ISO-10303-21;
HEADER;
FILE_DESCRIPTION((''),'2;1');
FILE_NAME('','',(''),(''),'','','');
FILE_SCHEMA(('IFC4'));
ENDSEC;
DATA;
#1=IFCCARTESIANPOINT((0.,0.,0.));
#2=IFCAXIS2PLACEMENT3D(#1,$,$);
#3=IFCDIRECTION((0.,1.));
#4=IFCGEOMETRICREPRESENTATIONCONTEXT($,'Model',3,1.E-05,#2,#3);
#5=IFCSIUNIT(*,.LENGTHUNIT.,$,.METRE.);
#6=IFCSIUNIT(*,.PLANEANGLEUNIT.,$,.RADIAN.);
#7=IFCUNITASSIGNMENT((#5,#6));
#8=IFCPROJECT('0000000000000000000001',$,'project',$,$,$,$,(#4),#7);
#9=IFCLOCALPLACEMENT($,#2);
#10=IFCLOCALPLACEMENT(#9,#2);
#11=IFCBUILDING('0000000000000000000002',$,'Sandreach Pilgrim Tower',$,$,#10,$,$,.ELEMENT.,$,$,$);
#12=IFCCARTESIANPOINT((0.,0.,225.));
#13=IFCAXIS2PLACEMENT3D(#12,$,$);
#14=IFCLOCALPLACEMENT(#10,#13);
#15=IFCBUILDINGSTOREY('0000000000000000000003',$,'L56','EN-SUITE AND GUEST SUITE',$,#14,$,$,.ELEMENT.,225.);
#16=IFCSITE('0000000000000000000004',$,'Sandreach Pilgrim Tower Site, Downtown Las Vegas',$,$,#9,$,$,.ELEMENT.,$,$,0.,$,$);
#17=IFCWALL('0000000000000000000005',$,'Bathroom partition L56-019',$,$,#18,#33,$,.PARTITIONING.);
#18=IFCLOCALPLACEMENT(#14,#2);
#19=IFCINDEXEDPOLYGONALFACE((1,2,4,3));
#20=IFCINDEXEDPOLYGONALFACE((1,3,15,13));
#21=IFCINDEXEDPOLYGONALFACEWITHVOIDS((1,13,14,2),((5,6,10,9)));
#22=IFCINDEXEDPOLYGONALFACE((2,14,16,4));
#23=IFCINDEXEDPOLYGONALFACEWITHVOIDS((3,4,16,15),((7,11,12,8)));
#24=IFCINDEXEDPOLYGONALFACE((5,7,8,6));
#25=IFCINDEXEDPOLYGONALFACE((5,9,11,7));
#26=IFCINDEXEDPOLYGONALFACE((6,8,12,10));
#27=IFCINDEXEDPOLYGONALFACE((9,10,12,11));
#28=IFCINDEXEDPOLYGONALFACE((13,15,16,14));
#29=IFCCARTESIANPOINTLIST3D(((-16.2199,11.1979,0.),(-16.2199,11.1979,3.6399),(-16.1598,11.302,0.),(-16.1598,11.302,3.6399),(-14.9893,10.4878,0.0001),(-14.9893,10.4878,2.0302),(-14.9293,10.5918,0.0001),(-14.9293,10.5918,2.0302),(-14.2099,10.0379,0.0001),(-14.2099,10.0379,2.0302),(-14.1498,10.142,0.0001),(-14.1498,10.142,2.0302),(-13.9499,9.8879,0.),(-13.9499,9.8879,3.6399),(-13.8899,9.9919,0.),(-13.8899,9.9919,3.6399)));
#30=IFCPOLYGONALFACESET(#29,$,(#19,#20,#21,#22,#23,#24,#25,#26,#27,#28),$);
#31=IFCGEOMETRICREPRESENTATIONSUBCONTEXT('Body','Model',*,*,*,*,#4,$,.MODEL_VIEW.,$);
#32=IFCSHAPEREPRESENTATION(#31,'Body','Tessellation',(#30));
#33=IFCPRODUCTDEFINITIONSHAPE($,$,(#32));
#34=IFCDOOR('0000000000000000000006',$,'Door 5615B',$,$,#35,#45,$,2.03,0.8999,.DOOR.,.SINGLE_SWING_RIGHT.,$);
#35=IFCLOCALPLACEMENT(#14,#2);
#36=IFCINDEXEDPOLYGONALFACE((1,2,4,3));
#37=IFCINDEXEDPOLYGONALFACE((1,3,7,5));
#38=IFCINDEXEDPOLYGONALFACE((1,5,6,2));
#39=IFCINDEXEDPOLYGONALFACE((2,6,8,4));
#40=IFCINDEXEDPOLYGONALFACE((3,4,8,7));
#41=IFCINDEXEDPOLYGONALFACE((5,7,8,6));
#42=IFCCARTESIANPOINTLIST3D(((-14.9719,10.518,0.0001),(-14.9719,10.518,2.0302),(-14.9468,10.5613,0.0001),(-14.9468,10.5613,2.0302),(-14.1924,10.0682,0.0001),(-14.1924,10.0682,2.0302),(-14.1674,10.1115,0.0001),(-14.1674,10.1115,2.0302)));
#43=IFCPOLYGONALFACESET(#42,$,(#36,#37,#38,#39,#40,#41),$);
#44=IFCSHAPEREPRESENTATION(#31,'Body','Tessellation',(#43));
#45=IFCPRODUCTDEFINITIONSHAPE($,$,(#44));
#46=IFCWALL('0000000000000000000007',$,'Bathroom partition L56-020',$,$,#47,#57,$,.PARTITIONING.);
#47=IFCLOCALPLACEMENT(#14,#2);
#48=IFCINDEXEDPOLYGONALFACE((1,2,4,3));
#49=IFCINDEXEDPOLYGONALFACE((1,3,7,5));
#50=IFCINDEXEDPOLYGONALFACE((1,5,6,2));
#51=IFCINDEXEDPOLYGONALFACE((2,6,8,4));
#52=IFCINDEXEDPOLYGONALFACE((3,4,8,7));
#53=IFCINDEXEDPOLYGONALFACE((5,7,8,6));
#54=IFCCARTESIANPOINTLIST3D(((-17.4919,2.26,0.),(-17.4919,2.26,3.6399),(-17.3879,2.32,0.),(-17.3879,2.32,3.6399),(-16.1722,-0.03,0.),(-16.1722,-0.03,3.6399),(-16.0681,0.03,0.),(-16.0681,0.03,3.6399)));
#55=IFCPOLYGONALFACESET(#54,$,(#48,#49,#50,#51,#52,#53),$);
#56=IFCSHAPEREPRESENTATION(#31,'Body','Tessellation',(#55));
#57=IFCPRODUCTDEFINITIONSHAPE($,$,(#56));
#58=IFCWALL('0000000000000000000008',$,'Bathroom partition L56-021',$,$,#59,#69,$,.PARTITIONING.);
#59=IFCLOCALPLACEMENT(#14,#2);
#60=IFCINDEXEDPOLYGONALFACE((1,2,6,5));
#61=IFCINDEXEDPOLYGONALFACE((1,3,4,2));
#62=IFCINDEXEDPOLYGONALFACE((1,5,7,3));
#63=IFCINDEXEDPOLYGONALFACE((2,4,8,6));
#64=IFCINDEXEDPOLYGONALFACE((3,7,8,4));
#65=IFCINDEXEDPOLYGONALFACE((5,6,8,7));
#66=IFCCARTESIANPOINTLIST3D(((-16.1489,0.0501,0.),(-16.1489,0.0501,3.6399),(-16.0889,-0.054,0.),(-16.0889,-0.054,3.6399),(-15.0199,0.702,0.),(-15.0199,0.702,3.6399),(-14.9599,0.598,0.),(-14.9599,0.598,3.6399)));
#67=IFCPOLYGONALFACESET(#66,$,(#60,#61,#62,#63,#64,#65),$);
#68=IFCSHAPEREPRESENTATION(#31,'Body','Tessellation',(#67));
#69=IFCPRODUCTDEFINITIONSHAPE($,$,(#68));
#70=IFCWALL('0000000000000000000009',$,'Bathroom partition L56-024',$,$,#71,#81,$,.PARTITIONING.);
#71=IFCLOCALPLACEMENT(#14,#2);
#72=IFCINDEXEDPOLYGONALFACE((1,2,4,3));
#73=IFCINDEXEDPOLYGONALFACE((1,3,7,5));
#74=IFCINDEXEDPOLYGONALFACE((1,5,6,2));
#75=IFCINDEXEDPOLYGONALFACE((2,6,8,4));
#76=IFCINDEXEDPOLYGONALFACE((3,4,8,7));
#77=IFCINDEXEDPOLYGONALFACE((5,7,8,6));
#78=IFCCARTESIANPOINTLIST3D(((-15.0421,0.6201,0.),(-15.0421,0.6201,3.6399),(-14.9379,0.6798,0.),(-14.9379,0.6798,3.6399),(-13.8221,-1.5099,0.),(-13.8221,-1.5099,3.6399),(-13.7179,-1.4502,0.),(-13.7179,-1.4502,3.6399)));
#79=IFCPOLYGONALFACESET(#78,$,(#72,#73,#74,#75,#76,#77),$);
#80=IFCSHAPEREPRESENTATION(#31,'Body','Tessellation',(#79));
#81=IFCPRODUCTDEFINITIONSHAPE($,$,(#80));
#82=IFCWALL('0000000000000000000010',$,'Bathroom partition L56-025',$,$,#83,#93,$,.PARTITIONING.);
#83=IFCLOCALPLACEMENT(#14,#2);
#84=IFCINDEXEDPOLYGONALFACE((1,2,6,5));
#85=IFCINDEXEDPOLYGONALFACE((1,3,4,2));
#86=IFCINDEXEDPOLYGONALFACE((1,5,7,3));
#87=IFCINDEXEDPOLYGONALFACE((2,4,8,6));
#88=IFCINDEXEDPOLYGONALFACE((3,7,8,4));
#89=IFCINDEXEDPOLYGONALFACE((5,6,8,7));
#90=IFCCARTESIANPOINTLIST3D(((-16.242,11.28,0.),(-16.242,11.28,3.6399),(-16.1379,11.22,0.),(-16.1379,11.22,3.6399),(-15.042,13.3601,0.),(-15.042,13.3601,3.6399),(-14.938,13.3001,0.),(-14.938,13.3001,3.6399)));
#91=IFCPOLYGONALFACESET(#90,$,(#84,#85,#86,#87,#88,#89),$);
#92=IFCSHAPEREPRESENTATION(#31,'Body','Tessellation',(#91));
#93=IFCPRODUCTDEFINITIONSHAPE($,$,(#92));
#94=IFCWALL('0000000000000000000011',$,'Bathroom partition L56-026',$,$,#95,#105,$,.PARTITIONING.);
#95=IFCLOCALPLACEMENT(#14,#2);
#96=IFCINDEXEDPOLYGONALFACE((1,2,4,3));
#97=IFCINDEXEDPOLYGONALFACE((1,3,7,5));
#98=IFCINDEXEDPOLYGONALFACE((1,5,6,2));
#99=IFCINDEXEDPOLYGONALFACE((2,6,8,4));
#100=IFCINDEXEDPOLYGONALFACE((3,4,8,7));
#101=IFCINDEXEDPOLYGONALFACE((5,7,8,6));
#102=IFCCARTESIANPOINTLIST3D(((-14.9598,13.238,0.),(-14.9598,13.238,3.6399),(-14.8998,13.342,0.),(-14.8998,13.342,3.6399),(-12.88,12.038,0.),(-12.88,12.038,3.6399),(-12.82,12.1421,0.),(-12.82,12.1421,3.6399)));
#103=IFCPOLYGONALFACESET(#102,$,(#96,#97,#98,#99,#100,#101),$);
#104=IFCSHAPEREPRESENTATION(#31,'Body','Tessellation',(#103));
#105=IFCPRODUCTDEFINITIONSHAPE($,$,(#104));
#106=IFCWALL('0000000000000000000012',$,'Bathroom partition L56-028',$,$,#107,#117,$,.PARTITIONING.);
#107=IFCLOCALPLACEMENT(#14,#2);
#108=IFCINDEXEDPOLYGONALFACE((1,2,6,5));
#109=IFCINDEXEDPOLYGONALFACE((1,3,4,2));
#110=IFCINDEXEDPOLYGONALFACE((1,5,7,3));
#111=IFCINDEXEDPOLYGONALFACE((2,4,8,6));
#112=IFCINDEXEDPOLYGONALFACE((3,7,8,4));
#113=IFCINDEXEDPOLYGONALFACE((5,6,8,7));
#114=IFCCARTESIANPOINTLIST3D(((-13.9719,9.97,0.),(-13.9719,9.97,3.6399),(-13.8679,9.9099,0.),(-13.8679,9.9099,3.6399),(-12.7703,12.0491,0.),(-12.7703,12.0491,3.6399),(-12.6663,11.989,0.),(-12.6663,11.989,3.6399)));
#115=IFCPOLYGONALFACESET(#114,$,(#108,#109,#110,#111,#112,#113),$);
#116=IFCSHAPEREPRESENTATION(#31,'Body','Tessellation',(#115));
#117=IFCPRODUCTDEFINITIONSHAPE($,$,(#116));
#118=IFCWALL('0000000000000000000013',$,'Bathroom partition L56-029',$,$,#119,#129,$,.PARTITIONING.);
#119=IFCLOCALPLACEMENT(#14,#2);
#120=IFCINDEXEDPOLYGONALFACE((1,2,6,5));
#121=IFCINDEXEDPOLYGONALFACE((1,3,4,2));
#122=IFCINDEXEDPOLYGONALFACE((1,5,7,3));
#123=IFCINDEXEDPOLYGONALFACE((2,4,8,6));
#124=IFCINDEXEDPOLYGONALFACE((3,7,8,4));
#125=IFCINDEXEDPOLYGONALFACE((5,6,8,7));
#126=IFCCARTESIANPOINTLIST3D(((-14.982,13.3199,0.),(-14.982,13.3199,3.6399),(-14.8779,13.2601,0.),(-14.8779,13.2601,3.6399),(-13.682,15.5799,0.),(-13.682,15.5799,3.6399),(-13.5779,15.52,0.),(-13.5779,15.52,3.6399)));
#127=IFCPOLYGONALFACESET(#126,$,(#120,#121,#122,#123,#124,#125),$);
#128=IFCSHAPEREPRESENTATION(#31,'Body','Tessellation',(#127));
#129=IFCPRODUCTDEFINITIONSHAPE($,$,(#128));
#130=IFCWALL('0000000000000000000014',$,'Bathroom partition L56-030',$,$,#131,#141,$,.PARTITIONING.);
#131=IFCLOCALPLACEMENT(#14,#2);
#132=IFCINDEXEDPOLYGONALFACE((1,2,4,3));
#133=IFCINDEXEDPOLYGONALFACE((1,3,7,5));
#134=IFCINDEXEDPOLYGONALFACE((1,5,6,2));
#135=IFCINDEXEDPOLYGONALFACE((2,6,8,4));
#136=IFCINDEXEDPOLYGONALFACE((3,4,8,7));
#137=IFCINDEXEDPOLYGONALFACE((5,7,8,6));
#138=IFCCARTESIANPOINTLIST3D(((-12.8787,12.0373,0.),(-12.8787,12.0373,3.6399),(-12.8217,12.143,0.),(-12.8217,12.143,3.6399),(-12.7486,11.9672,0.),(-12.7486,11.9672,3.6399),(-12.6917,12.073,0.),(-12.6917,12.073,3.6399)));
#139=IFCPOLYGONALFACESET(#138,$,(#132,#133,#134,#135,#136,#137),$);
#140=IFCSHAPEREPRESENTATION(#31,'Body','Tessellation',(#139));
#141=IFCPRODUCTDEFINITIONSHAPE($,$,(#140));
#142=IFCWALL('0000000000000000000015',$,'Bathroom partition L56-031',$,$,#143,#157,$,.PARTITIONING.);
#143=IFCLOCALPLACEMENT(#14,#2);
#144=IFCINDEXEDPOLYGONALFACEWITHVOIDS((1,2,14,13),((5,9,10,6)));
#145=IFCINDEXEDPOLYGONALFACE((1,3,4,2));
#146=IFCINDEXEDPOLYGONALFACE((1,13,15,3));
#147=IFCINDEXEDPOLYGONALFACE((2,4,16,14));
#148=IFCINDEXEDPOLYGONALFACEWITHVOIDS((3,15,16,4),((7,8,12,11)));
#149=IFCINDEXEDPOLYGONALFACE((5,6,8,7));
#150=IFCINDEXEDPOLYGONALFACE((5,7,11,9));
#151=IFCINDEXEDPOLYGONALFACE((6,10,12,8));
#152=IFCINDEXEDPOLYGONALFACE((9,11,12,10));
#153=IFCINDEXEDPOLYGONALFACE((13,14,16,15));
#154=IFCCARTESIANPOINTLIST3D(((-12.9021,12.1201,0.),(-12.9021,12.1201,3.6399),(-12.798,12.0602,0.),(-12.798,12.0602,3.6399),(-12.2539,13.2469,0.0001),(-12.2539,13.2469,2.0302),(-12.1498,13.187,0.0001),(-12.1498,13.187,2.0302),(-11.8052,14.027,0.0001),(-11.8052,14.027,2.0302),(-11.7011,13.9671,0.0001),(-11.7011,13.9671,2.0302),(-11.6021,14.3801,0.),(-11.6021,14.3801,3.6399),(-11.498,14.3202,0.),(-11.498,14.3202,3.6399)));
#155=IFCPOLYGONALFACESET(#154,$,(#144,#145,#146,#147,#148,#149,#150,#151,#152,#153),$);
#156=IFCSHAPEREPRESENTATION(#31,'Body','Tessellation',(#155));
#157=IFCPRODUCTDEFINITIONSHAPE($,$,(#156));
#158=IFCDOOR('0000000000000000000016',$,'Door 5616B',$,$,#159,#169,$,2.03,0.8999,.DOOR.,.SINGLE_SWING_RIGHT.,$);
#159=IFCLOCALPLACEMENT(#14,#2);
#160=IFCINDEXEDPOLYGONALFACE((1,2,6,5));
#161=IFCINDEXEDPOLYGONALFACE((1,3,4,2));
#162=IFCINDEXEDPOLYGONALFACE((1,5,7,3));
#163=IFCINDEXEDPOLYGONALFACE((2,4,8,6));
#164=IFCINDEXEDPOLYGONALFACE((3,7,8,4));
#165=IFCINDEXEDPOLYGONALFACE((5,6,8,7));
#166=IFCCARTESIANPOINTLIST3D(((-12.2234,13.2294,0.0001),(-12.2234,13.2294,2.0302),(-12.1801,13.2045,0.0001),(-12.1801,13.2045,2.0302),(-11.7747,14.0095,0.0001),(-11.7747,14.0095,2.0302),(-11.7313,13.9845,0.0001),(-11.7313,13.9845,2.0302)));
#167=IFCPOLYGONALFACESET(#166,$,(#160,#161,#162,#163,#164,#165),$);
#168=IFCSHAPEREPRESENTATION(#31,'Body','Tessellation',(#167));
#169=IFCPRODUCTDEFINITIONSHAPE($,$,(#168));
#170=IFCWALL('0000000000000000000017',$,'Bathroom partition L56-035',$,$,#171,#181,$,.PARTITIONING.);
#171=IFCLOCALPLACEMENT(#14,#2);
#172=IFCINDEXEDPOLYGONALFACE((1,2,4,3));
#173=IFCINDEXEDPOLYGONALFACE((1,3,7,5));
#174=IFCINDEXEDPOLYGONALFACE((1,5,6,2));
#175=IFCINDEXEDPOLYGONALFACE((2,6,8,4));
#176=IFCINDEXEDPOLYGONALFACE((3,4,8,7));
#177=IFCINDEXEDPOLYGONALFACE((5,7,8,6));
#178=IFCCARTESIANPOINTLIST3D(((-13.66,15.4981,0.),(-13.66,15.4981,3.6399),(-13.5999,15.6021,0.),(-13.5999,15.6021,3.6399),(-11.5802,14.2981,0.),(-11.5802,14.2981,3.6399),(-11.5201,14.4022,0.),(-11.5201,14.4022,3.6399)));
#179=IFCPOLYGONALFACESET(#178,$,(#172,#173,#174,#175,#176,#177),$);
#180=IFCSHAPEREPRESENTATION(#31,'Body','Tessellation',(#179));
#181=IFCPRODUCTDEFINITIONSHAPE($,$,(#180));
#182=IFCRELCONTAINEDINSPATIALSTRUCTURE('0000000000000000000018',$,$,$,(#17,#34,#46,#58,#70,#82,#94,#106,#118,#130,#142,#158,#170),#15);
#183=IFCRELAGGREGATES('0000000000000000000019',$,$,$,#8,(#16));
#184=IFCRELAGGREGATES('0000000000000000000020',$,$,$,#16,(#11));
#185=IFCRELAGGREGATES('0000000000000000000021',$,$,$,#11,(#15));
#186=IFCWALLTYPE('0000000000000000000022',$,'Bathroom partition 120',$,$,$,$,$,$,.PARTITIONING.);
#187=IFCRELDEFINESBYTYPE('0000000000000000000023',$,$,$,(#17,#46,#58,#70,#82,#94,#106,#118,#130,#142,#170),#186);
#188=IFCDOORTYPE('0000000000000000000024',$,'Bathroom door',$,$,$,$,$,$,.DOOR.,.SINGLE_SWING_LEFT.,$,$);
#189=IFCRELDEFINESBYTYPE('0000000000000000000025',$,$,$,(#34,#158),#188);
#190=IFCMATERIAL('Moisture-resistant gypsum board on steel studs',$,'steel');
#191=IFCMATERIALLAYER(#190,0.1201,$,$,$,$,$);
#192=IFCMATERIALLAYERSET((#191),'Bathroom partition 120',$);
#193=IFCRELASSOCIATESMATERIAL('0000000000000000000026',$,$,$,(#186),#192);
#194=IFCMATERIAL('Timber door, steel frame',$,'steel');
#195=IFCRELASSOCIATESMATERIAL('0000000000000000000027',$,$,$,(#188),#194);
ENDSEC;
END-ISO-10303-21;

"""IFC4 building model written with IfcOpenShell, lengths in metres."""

from ifc_helpers import new_model, si_unit, direction, frame, frame_2d, origin, place, context, subcontext, project, spatial, rectangle, extrude, material, layer, layer_set, type_object, element, fill, save


model = new_model("IFC4")

# Units and contexts
model_context = context("Model", 3, precision=1e-05, world=origin(), true_north=direction((0.0, 1.0)))
body_context = subcontext(model_context, "Body", "Model", "MODEL_VIEW")
ifc_project = project(units=[si_unit("LENGTHUNIT", "METRE"), si_unit("PLANEANGLEUNIT", "RADIAN")], contexts=[model_context])

# Site, building, storey
site_placement = place(None, origin())
site = spatial("IfcSite", under=ifc_project, at=site_placement, Name="Sandreach Pilgrim Tower Site, Downtown Las Vegas", CompositionType="ELEMENT", RefElevation=0.0)
building_placement = place(site_placement, origin())
building = spatial("IfcBuilding", under=site, at=building_placement, Name="Sandreach Pilgrim Tower", CompositionType="ELEMENT")
storey_placement = place(building_placement, frame((0.0, 0.0, 225.0)))
storey = spatial("IfcBuildingStorey", under=building, at=storey_placement, Name="L56", Description="EN-SUITE AND GUEST SUITE", CompositionType="ELEMENT", Elevation=225.0)

# Wall, opening, door
ifc_material_1 = material(Name="Moisture-resistant gypsum board on steel studs", Category="steel")
ifc_layer_1 = layer(ifc_material_1, 0.1201)
ifc_layer_set_1 = layer_set([ifc_layer_1], Name="Bathroom partition 120")
wall_type_1 = type_object("IfcWallType", Name="Bathroom partition 120", PredefinedType="PARTITIONING", material=ifc_layer_set_1)
wall_1_placement = place(storey_placement, frame((-16.1899, 11.25, 0.0), z_axis=(0.0, 0.0, 1.0), x_axis=(0.866114, -0.499846, 0.0)))
wall_1 = element("IfcWall", 1, at=wall_1_placement, inside=storey, type_object=wall_type_1, Name="Bathroom partition L56-019", PredefinedType="PARTITIONING", context=body_context, shape_type="SweptSolid", body=[
    extrude(rectangle(XDim=2.6208, YDim=0.1201, at=frame_2d((1.3105, 0.0))), origin(), (0.0, 0.0, 1.0), 3.6399),
])
opening_1_placement = place(wall_1_placement, frame((1.4209, 0.0, 0.0)))
opening_1 = element("IfcOpeningElement", 2, at=opening_1_placement, cuts=wall_1, PredefinedType="OPENING", context=body_context, shape_type="SweptSolid", body=[
    extrude(rectangle(XDim=0.8999, YDim=2.03, at=frame_2d((0.45, 1.0151))), frame((0.0, 0.0601, 0.0), z_axis=(0.0, -1.0, 0.0), x_axis=(1.0, 0.0, 0.0)), (0.0, 0.0, 1.0), 0.1201),
])
ifc_material_2 = material(Name="Timber door, steel frame", Category="steel")
door_type_1 = type_object("IfcDoorType", Name="Bathroom door", OperationType="SINGLE_SWING_LEFT", PredefinedType="DOOR", material=ifc_material_2)
door_1_placement = place(opening_1_placement, origin())
door_1 = element("IfcDoor", 3, at=door_1_placement, inside=storey, type_object=door_type_1, Name="Door 5615B", OperationType="SINGLE_SWING_RIGHT", OverallHeight=2.03, OverallWidth=0.8999, PredefinedType="DOOR", context=body_context, shape_type="SweptSolid", body=[
    extrude(rectangle(XDim=0.8999, YDim=2.03, at=frame_2d((0.45, 1.0151))), frame((0.0, 0.0249, 0.0), z_axis=(0.0, -1.0, 0.0), x_axis=(1.0, 0.0, 0.0)), (0.0, 0.0, 1.0), 0.05),
])
fill(opening_1, door_1)

# Walls
wall_2_placement = place(storey_placement, frame((-16.1201, 0.0, 0.0), z_axis=(0.0, 0.0, 1.0), x_axis=(-0.499339, 0.866407, 0.0)))
element("IfcWall", 4, at=wall_2_placement, inside=storey, type_object=wall_type_1, Name="Bathroom partition L56-020", PredefinedType="PARTITIONING", context=body_context, shape_type="SweptSolid", body=[
    extrude(rectangle(XDim=2.6431, YDim=0.1201, at=frame_2d((1.3215, 0.0))), origin(), (0.0, 0.0, 1.0), 3.6399),
])
wall_3_placement = place(storey_placement, frame((-16.1189, -0.002, 0.0), z_axis=(0.0, 0.0, 1.0), x_axis=(0.865998, 0.500047, 0.0)))
element("IfcWall", 5, at=wall_3_placement, inside=storey, type_object=wall_type_1, Name="Bathroom partition L56-021", PredefinedType="PARTITIONING", context=body_context, shape_type="SweptSolid", body=[
    extrude(rectangle(XDim=1.3037, YDim=0.1201, at=frame_2d((0.6519, 0.0))), origin(), (0.0, 0.0, 1.0), 3.6399),
])
wall_4_placement = place(storey_placement, frame((-14.99, 0.6499, 0.0), z_axis=(0.0, 0.0, 1.0), x_axis=(0.497028, -0.867735, 0.0)))
element("IfcWall", 6, at=wall_4_placement, inside=storey, type_object=wall_type_1, Name="Bathroom partition L56-024", PredefinedType="PARTITIONING", context=body_context, shape_type="SweptSolid", body=[
    extrude(rectangle(XDim=2.4546, YDim=0.1201, at=frame_2d((1.2273, 0.0))), origin(), (0.0, 0.0, 1.0), 3.6399),
])
wall_5_placement = place(storey_placement, frame((-14.99, 13.3301, 0.0), z_axis=(0.0, 0.0, 1.0), x_axis=(-0.499693, -0.866203, 0.0)))
element("IfcWall", 7, at=wall_5_placement, inside=storey, type_object=wall_type_1, Name="Bathroom partition L56-025", PredefinedType="PARTITIONING", context=body_context, shape_type="SweptSolid", body=[
    extrude(rectangle(XDim=2.4014, YDim=0.1201, at=frame_2d((1.2007, 0.0))), origin(), (0.0, 0.0, 1.0), 3.6399),
])
wall_6_placement = place(storey_placement, frame((-14.9299, 13.29, 0.0), z_axis=(0.0, 0.0, 1.0), x_axis=(0.866177, -0.499737, 0.0)))
element("IfcWall", 8, at=wall_6_placement, inside=storey, type_object=wall_type_1, Name="Bathroom partition L56-026", PredefinedType="PARTITIONING", context=body_context, shape_type="SweptSolid", body=[
    extrude(rectangle(XDim=2.4011, YDim=0.1201, at=frame_2d((1.2007, 0.0))), origin(), (0.0, 0.0, 1.0), 3.6399),
])
wall_7_placement = place(storey_placement, frame((-13.9199, 9.9399, 0.0), z_axis=(0.0, 0.0, 1.0), x_axis=(0.500403, 0.865793, 0.0)))
element("IfcWall", 9, at=wall_7_placement, inside=storey, type_object=wall_type_1, Name="Bathroom partition L56-028", PredefinedType="PARTITIONING", context=body_context, shape_type="SweptSolid", body=[
    extrude(rectangle(XDim=2.4014, YDim=0.1201, at=frame_2d((1.2007, 0.0))), origin(), (0.0, 0.0, 1.0), 3.6399),
])
wall_8_placement = place(storey_placement, frame((-13.6299, 15.55, 0.0), z_axis=(0.0, 0.0, 1.0), x_axis=(-0.498628, -0.866816, 0.0)))
element("IfcWall", 10, at=wall_8_placement, inside=storey, type_object=wall_type_1, Name="Bathroom partition L56-029", PredefinedType="PARTITIONING", context=body_context, shape_type="SweptSolid", body=[
    extrude(rectangle(XDim=2.6072, YDim=0.1201, at=frame_2d((1.3037, 0.0))), origin(), (0.0, 0.0, 1.0), 3.6399),
])
wall_9_placement = place(storey_placement, frame((-12.8501, 12.0901, 0.0), z_axis=(0.0, 0.0, 1.0), x_axis=(0.880471, -0.4741, 0.0)))
element("IfcWall", 11, at=wall_9_placement, inside=storey, type_object=wall_type_1, Name="Bathroom partition L56-030", PredefinedType="PARTITIONING", context=body_context, shape_type="SweptSolid", body=[
    extrude(rectangle(XDim=0.1477, YDim=0.1201, at=frame_2d((0.0737, 0.0))), origin(), (0.0, 0.0, 1.0), 3.6399),
])

# Wall, opening, door
wall_10_placement = place(storey_placement, frame((-12.8501, 12.0901, 0.0), z_axis=(0.0, 0.0, 1.0), x_axis=(0.498628, 0.866816, 0.0)))
wall_10 = element("IfcWall", 12, at=wall_10_placement, inside=storey, type_object=wall_type_1, Name="Bathroom partition L56-031", PredefinedType="PARTITIONING", context=body_context, shape_type="SweptSolid", body=[
    extrude(rectangle(XDim=2.6072, YDim=0.1201, at=frame_2d((1.3037, 0.0))), origin(), (0.0, 0.0, 1.0), 3.6399),
])
opening_2_placement = place(wall_10_placement, frame((1.3, 0.0, 0.0)))
opening_2 = element("IfcOpeningElement", 13, at=opening_2_placement, cuts=wall_10, PredefinedType="OPENING", context=body_context, shape_type="SweptSolid", body=[
    extrude(rectangle(XDim=0.8999, YDim=2.03, at=frame_2d((0.45, 1.0151))), frame((0.0, 0.0601, 0.0), z_axis=(0.0, -1.0, 0.0), x_axis=(1.0, 0.0, 0.0)), (0.0, 0.0, 1.0), 0.1201),
])
door_2_placement = place(opening_2_placement, origin())
door_2 = element("IfcDoor", 14, at=door_2_placement, inside=storey, type_object=door_type_1, Name="Door 5616B", OperationType="SINGLE_SWING_RIGHT", OverallHeight=2.03, OverallWidth=0.8999, PredefinedType="DOOR", context=body_context, shape_type="SweptSolid", body=[
    extrude(rectangle(XDim=0.8999, YDim=2.03, at=frame_2d((0.45, 1.0151))), frame((0.0, 0.0249, 0.0), z_axis=(0.0, -1.0, 0.0), x_axis=(1.0, 0.0, 0.0)), (0.0, 0.0, 1.0), 0.05),
])
fill(opening_2, door_2)

# Wall
wall_11_placement = place(storey_placement, frame((-11.55, 14.3501, 0.0), z_axis=(0.0, 0.0, 1.0), x_axis=(-0.866177, 0.499737, 0.0)))
element("IfcWall", 15, at=wall_11_placement, inside=storey, type_object=wall_type_1, Name="Bathroom partition L56-035", PredefinedType="PARTITIONING", context=body_context, shape_type="SweptSolid", body=[
    extrude(rectangle(XDim=2.4011, YDim=0.1201, at=frame_2d((1.2007, 0.0))), origin(), (0.0, 0.0, 1.0), 3.6399),
])

save(model, "model.ifc")
